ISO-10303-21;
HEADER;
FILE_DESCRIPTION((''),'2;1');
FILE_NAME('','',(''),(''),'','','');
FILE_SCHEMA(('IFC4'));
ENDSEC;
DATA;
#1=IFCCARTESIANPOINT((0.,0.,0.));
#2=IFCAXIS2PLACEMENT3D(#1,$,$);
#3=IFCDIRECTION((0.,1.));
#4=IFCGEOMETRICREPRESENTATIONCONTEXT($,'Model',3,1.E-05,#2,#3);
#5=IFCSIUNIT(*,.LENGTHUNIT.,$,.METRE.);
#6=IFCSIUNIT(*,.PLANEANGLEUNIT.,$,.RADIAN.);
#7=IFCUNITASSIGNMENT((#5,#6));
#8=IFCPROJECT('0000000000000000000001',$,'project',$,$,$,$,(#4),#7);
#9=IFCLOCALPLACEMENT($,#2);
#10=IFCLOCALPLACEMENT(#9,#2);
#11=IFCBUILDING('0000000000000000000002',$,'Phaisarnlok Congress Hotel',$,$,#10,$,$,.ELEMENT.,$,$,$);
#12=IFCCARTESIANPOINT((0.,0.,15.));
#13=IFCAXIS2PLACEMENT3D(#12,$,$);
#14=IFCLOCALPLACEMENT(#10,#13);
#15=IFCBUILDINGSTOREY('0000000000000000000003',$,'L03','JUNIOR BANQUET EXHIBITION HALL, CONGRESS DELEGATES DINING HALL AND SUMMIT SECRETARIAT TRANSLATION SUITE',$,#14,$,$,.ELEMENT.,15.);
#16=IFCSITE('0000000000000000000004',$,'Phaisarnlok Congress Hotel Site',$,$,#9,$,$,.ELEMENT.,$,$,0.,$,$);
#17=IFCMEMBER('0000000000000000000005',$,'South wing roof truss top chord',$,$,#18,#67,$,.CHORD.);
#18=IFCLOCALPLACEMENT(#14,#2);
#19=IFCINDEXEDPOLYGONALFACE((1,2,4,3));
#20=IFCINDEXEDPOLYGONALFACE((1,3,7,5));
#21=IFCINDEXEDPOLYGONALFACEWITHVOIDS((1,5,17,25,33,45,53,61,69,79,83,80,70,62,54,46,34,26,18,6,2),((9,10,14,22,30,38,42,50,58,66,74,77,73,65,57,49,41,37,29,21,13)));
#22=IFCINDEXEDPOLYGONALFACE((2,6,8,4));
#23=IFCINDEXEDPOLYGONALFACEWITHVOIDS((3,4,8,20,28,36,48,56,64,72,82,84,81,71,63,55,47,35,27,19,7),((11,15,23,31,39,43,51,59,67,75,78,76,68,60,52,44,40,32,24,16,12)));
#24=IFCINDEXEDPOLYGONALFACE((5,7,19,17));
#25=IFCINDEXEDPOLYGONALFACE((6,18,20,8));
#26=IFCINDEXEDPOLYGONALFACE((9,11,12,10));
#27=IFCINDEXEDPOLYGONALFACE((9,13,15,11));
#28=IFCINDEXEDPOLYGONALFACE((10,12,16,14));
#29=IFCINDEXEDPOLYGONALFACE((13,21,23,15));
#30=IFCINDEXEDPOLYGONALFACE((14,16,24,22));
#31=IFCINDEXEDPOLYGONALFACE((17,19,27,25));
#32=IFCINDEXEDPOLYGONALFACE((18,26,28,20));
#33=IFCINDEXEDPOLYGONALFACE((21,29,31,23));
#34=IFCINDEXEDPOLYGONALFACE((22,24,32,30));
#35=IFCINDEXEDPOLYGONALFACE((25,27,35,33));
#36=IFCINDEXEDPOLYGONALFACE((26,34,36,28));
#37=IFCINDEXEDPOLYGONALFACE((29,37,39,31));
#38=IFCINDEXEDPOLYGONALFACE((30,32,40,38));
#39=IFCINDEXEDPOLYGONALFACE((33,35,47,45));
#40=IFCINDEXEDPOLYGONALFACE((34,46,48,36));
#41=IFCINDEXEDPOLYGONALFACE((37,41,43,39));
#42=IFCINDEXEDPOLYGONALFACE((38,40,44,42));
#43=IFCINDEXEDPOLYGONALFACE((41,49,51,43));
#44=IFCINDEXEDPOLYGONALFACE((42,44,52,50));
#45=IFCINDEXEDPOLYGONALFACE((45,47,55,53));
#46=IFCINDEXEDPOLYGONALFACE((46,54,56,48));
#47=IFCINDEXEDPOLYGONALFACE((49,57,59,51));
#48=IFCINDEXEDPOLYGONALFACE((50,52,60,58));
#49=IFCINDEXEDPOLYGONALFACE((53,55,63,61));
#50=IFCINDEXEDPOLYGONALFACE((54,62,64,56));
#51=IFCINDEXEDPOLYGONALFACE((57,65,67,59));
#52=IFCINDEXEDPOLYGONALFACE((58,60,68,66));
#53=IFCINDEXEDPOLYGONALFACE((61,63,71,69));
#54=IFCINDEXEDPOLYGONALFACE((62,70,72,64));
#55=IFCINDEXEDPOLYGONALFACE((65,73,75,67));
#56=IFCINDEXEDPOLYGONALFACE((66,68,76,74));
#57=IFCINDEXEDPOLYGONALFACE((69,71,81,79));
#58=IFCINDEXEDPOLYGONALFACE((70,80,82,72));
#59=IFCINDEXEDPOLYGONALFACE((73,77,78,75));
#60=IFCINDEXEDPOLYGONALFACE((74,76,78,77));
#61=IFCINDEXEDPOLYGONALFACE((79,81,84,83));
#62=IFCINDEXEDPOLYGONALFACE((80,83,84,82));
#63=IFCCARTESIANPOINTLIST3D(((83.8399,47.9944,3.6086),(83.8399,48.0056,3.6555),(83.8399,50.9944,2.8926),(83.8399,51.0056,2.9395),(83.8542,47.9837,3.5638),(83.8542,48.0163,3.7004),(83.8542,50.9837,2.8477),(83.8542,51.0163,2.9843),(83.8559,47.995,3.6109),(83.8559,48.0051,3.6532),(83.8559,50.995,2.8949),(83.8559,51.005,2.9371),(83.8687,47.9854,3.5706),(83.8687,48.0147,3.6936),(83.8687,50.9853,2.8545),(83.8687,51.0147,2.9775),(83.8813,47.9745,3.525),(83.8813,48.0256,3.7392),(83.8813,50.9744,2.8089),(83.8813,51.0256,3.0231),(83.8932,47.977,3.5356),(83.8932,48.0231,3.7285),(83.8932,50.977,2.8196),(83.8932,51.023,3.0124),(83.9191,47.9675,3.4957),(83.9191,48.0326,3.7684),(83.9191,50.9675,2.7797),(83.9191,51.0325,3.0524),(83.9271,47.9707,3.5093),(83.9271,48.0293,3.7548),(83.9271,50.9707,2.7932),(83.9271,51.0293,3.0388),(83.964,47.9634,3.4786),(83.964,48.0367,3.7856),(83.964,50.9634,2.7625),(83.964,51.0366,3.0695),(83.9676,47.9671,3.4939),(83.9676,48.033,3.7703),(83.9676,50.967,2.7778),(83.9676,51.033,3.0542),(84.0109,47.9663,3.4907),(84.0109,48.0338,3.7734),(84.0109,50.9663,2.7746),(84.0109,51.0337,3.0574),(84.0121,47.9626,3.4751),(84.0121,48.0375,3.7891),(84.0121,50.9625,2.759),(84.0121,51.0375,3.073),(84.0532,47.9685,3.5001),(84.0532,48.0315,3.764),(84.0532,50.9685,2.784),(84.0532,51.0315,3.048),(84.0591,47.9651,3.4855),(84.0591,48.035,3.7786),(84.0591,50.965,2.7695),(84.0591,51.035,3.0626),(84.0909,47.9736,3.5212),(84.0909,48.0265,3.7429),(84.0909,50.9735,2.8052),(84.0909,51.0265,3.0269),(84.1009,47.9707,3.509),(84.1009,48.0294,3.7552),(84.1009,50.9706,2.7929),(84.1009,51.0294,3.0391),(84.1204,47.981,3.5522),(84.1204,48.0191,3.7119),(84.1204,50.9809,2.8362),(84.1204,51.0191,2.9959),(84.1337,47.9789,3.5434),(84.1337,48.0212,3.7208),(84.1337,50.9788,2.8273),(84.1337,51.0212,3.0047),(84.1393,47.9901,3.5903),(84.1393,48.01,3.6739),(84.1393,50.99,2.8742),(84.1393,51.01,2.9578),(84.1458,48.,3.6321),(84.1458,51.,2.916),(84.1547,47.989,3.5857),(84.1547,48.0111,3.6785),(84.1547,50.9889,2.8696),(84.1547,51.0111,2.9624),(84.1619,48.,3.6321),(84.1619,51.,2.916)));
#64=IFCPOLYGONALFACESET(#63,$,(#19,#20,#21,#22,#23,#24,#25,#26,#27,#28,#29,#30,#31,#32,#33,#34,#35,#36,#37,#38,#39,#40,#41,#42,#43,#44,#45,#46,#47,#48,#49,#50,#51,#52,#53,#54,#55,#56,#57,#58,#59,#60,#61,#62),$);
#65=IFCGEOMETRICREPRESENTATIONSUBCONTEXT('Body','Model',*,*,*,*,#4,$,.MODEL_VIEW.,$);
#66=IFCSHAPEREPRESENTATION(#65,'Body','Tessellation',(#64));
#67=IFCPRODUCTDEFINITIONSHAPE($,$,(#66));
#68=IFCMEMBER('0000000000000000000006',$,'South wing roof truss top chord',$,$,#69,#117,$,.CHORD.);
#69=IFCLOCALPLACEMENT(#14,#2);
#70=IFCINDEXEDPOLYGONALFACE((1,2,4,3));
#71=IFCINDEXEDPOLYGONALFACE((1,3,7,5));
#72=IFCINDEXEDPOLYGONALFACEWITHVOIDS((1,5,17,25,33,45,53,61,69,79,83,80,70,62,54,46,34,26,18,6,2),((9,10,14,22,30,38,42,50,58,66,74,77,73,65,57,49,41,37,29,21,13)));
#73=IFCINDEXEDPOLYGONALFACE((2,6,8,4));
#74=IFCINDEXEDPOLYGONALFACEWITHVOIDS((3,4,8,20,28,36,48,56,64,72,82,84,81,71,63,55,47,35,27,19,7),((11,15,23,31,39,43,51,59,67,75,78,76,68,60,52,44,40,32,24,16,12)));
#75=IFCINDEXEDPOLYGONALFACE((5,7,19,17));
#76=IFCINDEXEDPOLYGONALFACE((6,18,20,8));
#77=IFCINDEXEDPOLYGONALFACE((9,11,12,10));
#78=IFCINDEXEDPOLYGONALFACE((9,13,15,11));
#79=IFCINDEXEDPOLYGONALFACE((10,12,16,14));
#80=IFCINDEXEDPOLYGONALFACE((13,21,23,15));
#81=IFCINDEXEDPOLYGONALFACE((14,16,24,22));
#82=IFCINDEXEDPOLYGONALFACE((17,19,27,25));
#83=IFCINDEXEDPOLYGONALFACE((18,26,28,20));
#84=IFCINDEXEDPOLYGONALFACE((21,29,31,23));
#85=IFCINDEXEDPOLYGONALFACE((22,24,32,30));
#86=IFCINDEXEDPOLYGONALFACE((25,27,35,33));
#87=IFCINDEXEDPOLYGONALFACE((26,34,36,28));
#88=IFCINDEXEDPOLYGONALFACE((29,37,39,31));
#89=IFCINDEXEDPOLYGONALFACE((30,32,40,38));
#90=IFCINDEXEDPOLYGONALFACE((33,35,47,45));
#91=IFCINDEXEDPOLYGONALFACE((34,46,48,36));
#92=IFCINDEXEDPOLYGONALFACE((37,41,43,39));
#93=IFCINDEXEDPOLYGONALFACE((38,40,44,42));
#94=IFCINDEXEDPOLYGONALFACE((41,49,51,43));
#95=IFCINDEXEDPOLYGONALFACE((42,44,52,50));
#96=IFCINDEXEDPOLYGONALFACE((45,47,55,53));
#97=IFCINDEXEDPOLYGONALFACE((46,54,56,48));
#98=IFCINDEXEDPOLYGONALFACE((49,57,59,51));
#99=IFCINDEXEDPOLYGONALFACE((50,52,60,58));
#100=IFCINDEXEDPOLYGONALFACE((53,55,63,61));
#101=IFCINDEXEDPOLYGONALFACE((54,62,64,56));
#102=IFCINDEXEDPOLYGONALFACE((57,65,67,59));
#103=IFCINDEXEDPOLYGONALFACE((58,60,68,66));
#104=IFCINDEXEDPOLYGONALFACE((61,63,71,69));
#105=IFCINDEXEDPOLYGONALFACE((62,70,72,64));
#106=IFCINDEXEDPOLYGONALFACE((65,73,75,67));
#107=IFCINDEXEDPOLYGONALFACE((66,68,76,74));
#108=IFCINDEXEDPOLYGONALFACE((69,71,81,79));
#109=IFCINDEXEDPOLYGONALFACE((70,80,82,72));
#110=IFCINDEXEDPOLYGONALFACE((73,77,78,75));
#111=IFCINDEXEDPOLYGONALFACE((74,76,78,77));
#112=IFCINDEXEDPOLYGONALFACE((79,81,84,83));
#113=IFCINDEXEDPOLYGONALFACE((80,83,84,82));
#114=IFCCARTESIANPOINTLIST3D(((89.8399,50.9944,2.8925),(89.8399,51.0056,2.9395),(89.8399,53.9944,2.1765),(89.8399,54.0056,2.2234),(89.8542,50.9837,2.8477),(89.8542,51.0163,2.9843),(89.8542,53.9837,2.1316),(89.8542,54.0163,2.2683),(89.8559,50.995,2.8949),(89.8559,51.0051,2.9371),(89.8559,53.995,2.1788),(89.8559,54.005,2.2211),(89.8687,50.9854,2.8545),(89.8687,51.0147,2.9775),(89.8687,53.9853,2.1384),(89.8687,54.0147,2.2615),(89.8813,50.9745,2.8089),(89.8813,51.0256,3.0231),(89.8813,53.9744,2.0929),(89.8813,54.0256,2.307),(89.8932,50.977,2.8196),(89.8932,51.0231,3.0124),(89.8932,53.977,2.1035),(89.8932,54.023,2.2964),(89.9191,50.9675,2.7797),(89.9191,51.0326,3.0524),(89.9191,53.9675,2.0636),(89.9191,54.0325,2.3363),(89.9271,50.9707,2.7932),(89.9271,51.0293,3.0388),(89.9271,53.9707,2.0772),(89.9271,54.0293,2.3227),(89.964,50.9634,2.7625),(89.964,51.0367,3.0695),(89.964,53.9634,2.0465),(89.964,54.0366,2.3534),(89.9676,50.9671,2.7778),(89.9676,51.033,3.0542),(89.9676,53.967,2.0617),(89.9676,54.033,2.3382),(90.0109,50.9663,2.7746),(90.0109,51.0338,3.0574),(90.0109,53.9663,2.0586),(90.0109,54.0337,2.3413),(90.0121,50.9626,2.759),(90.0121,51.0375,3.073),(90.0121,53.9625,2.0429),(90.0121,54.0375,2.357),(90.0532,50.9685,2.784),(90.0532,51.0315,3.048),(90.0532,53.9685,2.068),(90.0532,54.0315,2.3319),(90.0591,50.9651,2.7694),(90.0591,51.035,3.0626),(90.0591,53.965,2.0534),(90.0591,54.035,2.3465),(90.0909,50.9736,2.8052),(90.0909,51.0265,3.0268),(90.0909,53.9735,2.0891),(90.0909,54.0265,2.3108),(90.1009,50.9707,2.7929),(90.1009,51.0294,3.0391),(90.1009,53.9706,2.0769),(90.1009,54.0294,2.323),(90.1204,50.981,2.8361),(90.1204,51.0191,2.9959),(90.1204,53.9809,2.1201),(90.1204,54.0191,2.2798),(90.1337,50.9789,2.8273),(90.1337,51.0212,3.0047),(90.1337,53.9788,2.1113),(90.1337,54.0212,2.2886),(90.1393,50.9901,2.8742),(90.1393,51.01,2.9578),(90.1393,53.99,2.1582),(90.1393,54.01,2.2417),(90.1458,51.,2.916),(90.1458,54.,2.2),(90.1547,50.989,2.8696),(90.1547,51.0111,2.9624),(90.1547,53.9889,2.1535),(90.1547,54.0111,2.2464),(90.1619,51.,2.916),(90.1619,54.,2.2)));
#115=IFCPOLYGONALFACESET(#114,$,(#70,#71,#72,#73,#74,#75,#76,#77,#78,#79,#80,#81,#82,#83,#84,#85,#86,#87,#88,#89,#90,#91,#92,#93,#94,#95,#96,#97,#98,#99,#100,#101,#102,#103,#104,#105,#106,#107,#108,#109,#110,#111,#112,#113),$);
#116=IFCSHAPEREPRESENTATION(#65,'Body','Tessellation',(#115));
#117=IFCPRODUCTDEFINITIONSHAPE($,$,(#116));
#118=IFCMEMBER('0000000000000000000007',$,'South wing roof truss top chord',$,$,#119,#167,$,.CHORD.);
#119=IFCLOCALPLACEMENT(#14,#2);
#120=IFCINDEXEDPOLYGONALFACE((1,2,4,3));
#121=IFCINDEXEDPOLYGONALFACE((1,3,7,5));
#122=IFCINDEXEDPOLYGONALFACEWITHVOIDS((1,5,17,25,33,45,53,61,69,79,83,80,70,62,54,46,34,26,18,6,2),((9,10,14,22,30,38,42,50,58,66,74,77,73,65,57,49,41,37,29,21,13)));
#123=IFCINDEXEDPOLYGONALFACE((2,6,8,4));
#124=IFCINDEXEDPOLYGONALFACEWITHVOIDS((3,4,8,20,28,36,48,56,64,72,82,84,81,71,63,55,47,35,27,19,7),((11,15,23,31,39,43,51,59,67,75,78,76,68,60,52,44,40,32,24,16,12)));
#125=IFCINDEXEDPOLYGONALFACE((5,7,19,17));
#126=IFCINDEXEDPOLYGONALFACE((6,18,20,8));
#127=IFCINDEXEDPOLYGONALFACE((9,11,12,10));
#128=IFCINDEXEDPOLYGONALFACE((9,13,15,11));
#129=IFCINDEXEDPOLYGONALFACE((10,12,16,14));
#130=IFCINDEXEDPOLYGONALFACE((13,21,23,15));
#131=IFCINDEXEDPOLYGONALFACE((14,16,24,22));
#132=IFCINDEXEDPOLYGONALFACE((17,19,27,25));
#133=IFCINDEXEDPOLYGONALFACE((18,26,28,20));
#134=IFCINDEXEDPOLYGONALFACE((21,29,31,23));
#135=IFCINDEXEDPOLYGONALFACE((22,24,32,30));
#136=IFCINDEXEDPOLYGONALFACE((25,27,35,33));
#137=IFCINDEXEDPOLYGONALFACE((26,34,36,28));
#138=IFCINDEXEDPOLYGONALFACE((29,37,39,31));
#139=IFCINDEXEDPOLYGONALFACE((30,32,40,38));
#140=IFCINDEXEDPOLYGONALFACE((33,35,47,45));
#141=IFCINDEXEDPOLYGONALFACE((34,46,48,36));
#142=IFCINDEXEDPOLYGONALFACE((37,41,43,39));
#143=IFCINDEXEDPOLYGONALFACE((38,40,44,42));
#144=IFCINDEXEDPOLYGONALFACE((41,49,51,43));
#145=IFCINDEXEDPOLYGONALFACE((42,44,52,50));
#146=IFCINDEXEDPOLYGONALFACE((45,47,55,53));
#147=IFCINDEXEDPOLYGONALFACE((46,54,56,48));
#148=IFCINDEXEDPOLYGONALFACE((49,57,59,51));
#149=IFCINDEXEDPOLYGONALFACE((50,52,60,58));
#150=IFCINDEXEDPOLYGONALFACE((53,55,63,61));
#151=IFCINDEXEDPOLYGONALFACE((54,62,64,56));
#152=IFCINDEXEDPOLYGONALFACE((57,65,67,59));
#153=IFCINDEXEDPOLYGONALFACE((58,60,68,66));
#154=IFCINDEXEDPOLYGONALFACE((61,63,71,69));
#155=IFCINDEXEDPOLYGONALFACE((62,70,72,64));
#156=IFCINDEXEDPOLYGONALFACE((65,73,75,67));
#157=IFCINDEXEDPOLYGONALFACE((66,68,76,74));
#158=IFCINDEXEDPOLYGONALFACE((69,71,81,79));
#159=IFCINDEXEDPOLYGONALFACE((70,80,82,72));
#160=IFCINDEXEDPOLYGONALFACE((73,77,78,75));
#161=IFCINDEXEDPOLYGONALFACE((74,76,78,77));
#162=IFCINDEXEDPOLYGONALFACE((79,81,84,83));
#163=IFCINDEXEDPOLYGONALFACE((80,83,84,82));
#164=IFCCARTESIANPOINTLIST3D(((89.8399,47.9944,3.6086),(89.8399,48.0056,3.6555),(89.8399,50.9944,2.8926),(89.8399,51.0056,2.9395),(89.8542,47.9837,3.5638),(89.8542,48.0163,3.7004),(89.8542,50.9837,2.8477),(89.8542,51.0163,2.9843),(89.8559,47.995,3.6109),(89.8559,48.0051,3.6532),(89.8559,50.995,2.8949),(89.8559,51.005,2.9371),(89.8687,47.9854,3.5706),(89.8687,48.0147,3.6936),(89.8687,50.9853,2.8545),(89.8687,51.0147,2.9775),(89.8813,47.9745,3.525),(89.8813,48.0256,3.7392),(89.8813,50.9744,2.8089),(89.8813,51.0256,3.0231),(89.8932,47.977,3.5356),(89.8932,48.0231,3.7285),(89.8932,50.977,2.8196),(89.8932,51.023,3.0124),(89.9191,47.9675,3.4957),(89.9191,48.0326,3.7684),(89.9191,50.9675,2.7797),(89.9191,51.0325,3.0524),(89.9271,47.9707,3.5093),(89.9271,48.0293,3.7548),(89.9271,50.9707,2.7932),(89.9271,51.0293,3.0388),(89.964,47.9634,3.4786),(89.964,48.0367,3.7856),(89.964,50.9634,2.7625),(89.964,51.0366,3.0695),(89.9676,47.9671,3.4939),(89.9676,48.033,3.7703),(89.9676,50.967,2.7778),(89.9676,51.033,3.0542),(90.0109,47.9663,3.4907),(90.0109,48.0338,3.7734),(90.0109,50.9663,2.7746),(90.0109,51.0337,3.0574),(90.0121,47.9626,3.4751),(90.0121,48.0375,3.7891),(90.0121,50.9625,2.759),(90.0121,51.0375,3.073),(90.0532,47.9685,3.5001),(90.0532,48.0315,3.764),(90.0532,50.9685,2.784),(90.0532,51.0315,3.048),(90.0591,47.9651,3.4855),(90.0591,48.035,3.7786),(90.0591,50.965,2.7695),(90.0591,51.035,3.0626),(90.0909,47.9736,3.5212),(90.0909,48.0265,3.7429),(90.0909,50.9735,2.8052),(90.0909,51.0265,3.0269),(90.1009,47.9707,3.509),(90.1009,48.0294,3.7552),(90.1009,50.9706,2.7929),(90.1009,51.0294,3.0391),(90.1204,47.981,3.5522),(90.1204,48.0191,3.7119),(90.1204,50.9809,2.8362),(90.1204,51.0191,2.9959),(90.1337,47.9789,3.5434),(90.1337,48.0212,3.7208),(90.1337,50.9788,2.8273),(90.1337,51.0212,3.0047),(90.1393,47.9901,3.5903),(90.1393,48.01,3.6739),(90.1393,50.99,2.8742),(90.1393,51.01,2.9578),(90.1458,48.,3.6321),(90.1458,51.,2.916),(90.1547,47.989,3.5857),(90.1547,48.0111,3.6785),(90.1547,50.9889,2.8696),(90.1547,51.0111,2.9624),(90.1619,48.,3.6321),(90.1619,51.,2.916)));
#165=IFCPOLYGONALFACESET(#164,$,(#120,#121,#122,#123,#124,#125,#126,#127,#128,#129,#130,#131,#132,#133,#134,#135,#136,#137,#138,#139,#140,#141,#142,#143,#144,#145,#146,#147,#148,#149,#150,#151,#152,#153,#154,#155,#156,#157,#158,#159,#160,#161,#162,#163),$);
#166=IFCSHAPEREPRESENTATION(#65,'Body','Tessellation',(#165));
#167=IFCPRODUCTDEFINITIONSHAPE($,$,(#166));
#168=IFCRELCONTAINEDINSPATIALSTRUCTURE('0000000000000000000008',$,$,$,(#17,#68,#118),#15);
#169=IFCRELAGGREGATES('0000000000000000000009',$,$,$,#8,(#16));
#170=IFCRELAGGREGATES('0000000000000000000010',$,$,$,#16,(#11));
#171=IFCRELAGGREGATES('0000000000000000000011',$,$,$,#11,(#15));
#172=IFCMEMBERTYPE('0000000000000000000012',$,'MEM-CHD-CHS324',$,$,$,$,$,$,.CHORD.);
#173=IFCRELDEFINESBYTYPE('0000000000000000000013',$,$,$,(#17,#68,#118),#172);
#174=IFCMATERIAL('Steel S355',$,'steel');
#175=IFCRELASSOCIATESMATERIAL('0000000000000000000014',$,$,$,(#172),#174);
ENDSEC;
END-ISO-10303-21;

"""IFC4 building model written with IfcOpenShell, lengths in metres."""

from ifc_helpers import new_model, si_unit, direction, frame, origin, origin_2d, place, context, subcontext, project, spatial, hollow_circle, extrude, material, material_profile, profile_set, type_object, element, save


model = new_model("IFC4")

# Units and contexts
model_context = context("Model", 3, precision=1e-05, world=origin(), true_north=direction((0.0, 1.0)))
body_context = subcontext(model_context, "Body", "Model", "MODEL_VIEW")
ifc_project = project(units=[si_unit("LENGTHUNIT", "METRE"), si_unit("PLANEANGLEUNIT", "RADIAN")], contexts=[model_context])

# Site, building, storey
site_placement = place(None, origin())
site = spatial("IfcSite", under=ifc_project, at=site_placement, Name="Phaisarnlok Congress Hotel Site", CompositionType="ELEMENT", RefElevation=0.0)
building_placement = place(site_placement, origin())
building = spatial("IfcBuilding", under=site, at=building_placement, Name="Phaisarnlok Congress Hotel", CompositionType="ELEMENT")
storey_placement = place(building_placement, frame((0.0, 0.0, 15.0)))
storey = spatial("IfcBuildingStorey", under=building, at=storey_placement, Name="L03", Description="JUNIOR BANQUET EXHIBITION HALL, CONGRESS DELEGATES DINING HALL AND SUMMIT SECRETARIAT TRANSLATION SUITE", CompositionType="ELEMENT", Elevation=15.0)

# Shared definitions
ifc_material = material(Name="Steel S355", Category="steel")

# Members
ifc_material_profile_1 = material_profile(ifc_material, hollow_circle(Radius=0.1619, WallThickness=0.0161, at=origin_2d()), Name="CHS 323.9x16")
ifc_profile_set_1 = profile_set([ifc_material_profile_1], Name="Steel S355")
member_type_1 = type_object("IfcMemberType", Name="MEM-CHD-CHS324", PredefinedType="CHORD", material=ifc_profile_set_1)
for number, where, z_axis, x_axis, name in (
    (1, (84.0, 51.0, 2.916), (0.0, -0.972676, 0.232166), (1.0, 0.0, 0.0), "South wing roof truss top chord"),
    (2, (90.0, 54.0, 2.2), (0.0, -0.972676, 0.232166), (1.0, 0.0, 0.0), "South wing roof truss top chord"),
    (3, (90.0, 51.0, 2.916), (0.0, -0.972676, 0.232166), (1.0, 0.0, 0.0), "South wing roof truss top chord"),
):
    element("IfcMember", number, at=place(storey_placement, frame(where, z_axis=z_axis, x_axis=x_axis)), inside=storey, type_object=member_type_1, Name=name, PredefinedType="CHORD", context=body_context, shape_type="SweptSolid", body=[
        extrude(hollow_circle(Radius=0.1619, WallThickness=0.0161, at=origin_2d()), origin(), (0.0, 0.0, 1.0), 3.0842),
    ])

save(model, "model.ifc")
